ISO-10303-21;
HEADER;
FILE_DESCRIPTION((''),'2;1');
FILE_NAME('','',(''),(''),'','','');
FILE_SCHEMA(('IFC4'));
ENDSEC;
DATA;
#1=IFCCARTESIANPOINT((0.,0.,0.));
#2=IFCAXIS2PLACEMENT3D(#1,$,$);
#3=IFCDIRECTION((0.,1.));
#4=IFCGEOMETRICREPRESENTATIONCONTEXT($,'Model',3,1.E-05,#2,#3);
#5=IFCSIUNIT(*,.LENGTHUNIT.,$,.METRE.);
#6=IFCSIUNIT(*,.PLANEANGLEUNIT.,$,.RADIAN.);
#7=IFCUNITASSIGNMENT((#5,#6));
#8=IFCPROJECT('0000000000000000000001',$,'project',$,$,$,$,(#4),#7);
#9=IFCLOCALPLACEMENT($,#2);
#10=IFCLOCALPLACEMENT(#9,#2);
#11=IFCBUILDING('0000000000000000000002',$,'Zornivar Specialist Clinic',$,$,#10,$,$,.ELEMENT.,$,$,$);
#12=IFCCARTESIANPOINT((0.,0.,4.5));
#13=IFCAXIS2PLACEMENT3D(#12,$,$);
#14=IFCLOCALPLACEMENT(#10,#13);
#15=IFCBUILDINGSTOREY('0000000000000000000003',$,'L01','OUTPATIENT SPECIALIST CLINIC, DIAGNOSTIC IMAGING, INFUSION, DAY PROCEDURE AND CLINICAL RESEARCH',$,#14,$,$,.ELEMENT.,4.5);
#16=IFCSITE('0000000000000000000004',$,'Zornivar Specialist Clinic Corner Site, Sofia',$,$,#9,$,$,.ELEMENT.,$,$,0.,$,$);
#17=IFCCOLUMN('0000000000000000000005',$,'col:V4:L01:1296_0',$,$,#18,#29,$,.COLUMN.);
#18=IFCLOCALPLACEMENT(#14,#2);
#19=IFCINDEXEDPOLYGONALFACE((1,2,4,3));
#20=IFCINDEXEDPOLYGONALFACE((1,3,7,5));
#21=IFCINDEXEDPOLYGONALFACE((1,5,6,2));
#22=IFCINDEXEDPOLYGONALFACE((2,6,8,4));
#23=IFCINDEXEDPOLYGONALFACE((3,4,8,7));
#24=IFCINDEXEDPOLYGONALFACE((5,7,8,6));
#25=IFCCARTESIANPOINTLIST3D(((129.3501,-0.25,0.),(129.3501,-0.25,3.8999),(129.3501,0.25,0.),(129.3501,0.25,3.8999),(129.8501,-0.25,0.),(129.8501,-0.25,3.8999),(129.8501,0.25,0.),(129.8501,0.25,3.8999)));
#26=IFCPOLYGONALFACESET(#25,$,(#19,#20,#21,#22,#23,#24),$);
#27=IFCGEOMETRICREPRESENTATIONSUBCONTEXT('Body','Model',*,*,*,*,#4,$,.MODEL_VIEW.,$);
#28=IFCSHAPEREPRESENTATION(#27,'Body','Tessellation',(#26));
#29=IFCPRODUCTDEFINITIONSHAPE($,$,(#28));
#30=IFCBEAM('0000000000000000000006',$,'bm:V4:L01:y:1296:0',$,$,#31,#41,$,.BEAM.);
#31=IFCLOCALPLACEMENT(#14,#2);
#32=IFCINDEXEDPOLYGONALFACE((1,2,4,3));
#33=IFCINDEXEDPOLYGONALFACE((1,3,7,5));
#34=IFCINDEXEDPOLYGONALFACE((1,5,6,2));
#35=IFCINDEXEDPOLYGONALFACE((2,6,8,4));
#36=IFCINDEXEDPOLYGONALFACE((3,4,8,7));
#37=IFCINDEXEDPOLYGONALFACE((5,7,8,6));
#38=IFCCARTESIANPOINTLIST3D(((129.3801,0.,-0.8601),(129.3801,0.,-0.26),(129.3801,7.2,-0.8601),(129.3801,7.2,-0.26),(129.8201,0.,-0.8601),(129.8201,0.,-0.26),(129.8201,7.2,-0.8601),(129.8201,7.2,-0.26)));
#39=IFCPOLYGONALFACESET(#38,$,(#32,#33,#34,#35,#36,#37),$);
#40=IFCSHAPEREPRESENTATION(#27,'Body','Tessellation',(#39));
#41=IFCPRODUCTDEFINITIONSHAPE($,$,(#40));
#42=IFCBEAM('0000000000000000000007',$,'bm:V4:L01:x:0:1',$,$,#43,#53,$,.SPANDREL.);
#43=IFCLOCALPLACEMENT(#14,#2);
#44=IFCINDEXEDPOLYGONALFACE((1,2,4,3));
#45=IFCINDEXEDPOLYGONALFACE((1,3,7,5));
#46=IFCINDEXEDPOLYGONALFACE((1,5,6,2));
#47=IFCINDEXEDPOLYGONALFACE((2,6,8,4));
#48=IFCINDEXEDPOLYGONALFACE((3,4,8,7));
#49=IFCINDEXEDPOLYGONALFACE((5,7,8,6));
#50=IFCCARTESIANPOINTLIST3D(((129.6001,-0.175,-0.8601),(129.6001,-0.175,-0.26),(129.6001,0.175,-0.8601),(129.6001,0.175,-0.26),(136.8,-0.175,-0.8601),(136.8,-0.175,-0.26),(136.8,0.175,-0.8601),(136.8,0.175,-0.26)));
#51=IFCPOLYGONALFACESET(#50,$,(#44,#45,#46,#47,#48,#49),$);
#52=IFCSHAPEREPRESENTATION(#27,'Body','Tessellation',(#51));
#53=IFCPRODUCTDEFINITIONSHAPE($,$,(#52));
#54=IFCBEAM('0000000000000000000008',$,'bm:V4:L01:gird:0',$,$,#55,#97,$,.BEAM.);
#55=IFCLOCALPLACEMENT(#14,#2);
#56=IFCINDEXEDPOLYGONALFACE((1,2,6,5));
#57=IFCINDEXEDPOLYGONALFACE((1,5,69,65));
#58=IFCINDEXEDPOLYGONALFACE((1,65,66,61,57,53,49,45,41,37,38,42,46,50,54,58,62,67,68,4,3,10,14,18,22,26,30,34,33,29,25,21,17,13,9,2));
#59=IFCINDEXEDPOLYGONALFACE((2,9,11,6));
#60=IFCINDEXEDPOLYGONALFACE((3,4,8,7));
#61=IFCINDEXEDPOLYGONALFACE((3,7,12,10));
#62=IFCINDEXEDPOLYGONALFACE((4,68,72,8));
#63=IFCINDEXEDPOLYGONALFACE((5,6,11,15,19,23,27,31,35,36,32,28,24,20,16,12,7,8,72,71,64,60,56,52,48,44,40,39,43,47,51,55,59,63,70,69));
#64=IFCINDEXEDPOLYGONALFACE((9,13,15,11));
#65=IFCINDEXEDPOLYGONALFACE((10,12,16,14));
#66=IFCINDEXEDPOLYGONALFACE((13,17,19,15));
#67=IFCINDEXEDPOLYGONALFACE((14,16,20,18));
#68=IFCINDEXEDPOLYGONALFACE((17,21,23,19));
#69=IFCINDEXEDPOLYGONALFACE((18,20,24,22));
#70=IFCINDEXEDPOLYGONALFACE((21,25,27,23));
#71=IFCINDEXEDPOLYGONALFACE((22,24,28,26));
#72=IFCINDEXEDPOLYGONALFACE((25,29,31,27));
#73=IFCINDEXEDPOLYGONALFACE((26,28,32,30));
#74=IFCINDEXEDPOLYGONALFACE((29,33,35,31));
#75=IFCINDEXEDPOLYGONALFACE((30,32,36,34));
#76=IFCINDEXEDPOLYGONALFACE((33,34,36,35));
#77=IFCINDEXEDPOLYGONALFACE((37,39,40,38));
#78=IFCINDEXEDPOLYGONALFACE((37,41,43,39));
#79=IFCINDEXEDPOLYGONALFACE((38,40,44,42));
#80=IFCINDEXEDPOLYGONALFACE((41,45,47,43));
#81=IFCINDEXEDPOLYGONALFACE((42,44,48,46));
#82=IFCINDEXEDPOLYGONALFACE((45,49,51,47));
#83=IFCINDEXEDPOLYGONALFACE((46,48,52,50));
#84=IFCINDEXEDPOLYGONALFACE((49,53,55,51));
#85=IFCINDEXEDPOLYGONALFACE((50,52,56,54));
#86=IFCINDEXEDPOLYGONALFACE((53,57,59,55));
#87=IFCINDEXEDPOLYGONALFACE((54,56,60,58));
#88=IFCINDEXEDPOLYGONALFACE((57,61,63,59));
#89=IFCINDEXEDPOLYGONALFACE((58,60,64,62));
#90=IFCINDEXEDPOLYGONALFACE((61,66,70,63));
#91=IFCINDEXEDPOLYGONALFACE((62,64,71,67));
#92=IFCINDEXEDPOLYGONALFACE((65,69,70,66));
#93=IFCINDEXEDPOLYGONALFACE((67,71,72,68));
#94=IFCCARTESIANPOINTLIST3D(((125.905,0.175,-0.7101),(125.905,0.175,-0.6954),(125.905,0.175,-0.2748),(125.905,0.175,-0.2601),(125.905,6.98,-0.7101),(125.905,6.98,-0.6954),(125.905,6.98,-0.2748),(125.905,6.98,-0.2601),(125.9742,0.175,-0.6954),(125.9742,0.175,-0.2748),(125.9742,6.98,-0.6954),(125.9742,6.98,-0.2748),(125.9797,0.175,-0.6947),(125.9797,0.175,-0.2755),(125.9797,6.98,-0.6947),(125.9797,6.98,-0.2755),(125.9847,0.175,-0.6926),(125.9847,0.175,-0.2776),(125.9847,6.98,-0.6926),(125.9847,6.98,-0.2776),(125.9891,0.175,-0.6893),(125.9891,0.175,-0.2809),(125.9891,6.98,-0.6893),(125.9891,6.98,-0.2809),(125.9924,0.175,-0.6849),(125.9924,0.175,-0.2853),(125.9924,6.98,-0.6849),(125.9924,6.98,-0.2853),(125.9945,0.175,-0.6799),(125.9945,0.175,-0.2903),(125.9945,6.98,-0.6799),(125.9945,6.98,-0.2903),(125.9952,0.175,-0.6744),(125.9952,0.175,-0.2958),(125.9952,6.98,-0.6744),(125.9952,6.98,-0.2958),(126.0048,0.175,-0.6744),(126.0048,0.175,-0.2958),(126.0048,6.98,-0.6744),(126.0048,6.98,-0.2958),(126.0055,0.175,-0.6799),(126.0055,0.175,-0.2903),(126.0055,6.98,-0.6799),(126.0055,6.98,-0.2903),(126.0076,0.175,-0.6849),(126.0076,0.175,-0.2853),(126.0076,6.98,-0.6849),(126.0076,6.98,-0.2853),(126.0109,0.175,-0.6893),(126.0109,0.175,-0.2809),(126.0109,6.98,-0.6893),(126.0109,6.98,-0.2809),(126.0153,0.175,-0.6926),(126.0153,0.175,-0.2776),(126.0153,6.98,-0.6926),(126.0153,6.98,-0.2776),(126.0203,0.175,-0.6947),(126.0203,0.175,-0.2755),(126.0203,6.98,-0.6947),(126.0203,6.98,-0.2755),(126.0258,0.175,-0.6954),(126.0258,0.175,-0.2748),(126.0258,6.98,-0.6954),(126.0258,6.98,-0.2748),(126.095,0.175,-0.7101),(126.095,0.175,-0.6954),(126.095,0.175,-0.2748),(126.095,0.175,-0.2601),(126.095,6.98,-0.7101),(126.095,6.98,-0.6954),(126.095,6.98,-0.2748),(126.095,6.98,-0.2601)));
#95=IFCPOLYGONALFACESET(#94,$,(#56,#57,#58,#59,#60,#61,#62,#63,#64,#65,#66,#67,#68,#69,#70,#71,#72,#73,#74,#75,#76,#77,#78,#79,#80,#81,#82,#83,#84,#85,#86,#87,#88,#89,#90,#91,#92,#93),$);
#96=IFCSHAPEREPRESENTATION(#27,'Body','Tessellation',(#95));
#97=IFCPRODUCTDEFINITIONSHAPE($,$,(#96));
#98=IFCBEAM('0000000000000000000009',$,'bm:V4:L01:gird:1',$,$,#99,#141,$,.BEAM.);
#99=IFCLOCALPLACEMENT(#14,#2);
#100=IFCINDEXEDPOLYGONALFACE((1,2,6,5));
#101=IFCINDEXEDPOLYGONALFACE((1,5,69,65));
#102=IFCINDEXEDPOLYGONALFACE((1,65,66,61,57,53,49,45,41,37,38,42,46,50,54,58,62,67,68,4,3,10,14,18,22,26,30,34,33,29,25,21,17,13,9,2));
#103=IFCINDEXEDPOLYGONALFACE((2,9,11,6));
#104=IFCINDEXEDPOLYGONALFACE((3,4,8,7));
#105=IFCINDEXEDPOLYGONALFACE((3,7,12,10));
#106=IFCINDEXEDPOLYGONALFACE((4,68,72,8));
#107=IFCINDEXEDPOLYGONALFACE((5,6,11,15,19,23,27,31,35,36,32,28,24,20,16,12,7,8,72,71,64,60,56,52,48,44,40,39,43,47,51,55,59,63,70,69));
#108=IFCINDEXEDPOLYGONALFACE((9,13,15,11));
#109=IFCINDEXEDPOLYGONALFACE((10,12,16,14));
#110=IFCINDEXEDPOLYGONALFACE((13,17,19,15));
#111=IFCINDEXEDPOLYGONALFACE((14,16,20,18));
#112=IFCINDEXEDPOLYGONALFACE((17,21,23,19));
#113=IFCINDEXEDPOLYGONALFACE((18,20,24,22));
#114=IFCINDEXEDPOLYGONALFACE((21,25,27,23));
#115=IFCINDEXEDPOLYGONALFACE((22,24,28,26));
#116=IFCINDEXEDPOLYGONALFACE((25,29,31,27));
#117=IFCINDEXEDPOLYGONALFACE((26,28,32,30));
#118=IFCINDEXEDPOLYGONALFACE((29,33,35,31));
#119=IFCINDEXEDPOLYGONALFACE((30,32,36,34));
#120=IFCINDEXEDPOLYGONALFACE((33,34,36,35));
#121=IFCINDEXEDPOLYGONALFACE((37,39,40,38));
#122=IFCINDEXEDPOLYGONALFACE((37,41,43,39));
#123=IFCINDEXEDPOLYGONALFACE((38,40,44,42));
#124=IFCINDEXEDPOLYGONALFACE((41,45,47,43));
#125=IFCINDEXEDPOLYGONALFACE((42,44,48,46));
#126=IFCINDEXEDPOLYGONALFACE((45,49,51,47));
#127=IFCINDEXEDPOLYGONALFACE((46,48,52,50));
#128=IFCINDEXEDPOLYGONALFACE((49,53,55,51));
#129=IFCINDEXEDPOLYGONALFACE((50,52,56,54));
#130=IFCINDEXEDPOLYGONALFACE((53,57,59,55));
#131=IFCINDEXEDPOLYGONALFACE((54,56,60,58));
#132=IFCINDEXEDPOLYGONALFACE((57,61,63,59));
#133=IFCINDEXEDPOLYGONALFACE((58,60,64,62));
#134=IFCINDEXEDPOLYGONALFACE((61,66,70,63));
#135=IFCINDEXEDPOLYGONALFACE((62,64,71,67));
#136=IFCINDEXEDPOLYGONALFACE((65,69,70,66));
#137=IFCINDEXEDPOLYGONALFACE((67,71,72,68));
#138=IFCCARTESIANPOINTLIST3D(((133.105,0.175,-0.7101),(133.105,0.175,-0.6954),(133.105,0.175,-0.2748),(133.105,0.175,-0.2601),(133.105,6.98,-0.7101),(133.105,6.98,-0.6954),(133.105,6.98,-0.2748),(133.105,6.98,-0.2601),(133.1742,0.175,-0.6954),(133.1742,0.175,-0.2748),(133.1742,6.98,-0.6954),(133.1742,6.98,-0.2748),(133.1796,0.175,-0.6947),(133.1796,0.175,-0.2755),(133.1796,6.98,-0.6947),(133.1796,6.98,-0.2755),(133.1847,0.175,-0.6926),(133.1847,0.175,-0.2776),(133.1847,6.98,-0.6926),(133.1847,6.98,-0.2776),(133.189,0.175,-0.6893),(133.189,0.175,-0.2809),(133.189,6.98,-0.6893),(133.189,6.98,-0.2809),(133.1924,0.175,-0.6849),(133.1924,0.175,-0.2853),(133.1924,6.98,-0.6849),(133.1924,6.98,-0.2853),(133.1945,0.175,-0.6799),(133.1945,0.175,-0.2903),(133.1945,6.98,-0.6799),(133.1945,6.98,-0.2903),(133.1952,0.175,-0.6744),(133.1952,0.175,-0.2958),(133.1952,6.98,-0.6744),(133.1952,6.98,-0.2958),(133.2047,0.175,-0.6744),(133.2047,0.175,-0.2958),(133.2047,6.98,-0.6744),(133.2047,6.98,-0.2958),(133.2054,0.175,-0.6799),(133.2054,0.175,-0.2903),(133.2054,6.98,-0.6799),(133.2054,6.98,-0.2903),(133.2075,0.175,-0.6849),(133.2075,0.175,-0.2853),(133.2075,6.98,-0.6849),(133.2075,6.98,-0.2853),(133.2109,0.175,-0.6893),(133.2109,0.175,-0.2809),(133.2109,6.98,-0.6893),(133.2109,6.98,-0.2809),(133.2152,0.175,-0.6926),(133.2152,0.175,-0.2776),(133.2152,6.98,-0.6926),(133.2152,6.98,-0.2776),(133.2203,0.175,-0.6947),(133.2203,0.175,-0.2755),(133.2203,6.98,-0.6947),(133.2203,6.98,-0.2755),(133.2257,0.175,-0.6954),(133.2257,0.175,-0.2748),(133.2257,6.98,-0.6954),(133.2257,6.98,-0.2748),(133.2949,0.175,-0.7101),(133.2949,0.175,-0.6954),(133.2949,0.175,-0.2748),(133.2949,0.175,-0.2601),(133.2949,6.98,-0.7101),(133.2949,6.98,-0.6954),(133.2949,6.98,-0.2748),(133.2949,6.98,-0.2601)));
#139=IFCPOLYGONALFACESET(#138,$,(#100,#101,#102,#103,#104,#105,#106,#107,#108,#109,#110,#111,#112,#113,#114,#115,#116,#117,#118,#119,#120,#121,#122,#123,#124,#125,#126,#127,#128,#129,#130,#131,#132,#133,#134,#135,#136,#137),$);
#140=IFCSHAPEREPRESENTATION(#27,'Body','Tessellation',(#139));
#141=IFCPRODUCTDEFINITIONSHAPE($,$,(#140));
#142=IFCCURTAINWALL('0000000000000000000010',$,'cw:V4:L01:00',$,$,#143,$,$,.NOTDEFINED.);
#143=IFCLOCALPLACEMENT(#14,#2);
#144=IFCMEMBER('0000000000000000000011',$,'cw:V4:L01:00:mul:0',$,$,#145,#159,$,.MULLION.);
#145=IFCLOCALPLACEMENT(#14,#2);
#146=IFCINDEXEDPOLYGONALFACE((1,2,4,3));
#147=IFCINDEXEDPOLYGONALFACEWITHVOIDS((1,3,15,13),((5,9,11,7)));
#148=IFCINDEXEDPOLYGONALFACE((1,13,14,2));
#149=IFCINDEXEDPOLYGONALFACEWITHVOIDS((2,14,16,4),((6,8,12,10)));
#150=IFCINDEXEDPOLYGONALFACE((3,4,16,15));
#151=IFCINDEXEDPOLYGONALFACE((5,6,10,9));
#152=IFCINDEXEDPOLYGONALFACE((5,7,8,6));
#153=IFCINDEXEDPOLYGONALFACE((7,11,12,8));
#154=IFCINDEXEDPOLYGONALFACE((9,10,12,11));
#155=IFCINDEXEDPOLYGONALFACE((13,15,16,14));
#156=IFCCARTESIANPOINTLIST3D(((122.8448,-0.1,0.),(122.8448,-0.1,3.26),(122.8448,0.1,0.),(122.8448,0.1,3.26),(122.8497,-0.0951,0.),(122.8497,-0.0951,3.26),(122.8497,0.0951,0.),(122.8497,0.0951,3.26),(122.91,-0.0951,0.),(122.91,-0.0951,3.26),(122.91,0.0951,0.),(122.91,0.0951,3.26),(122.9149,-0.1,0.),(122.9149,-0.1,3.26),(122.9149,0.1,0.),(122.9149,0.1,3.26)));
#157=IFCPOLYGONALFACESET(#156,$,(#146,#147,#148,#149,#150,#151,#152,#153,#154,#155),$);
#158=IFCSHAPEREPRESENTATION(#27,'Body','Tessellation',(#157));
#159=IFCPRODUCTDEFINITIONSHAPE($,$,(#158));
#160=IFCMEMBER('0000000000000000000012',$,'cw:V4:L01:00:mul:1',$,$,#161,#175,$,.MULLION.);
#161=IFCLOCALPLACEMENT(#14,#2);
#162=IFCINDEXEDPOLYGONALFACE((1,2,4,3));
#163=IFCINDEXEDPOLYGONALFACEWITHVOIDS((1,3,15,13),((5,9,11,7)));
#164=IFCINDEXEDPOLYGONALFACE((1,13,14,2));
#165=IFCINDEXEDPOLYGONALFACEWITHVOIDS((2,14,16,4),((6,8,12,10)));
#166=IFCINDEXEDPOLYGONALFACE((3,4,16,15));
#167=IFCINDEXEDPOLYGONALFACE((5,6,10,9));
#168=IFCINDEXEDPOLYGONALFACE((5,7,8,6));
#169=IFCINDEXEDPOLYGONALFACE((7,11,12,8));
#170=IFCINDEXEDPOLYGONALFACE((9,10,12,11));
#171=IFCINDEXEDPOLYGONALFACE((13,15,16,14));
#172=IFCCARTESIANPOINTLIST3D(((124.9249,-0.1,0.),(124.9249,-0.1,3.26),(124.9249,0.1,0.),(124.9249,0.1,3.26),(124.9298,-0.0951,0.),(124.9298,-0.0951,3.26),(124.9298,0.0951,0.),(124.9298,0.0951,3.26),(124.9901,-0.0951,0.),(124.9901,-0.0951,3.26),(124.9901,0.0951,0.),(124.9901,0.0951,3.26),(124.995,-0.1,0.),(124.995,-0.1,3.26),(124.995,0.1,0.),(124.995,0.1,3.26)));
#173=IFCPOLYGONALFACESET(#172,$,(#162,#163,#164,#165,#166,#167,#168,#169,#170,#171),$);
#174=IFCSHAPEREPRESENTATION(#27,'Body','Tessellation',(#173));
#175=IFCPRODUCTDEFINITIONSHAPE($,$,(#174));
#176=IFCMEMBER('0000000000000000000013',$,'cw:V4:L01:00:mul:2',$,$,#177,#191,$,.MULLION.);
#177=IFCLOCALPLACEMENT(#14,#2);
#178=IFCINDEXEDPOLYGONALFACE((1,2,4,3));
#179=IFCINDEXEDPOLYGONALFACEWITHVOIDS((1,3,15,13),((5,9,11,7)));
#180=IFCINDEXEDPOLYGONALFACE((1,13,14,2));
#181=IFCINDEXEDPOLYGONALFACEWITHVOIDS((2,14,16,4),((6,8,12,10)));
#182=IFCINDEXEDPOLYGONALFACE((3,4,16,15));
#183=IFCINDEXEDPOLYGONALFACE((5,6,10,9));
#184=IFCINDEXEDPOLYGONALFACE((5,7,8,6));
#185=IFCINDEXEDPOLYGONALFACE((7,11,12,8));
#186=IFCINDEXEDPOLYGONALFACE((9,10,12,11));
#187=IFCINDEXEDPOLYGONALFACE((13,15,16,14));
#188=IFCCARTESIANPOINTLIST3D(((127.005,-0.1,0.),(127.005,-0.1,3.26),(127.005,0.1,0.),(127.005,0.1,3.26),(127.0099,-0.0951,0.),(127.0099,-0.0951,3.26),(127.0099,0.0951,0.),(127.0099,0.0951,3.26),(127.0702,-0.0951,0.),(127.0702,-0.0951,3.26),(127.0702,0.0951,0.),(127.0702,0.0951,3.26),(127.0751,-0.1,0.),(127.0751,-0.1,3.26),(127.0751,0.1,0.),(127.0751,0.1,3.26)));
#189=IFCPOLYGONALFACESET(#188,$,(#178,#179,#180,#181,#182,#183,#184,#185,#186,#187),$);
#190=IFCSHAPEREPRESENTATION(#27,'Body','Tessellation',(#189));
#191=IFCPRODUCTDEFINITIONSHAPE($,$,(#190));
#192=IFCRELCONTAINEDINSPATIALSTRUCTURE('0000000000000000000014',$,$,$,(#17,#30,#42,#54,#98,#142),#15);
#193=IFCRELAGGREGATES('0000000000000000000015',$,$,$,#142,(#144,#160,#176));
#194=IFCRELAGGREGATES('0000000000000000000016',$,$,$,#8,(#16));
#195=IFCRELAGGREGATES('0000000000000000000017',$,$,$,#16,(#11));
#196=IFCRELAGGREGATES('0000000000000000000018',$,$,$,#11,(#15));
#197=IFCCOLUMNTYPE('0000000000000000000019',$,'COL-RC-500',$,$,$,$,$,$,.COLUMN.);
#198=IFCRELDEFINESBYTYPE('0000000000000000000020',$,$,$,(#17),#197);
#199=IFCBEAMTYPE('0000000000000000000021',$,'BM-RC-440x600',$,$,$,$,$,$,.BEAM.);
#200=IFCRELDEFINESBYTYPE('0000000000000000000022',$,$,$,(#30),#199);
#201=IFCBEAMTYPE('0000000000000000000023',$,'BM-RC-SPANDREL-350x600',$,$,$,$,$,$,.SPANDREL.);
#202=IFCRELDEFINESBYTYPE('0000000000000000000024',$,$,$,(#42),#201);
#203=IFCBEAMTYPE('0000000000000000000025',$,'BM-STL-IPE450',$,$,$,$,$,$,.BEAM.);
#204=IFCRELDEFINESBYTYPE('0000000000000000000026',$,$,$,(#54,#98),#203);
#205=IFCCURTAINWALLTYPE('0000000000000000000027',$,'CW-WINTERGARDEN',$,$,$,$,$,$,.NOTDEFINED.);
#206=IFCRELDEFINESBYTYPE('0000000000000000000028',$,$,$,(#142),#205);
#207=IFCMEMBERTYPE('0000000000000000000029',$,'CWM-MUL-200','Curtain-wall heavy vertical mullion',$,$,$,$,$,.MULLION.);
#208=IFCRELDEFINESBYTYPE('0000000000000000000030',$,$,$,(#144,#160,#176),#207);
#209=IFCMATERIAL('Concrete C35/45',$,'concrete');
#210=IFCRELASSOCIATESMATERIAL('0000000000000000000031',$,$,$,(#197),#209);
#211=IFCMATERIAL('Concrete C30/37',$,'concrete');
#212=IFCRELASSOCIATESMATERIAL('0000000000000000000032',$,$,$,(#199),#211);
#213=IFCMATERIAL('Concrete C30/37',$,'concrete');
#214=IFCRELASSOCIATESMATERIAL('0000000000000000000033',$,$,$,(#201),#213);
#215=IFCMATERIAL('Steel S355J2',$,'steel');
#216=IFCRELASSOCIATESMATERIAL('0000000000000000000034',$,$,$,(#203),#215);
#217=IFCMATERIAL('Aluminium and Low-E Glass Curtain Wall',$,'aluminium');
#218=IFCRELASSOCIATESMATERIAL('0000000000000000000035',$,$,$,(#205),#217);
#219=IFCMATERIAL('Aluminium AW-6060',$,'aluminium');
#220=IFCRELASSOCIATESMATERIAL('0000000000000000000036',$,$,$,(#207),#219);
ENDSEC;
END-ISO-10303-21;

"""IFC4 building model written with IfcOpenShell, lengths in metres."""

from ifc_helpers import new_model, si_unit, direction, frame, origin, origin_2d, place, context, subcontext, project, spatial, rectangle, hollow_rectangle, i_section, extrude, material, material_profile, profile_set, type_object, element, aggregate, save


model = new_model("IFC4")

# Units and contexts
model_context = context("Model", 3, precision=1e-05, world=origin(), true_north=direction((0.0, 1.0)))
body_context = subcontext(model_context, "Body", "Model", "MODEL_VIEW")
ifc_project = project(units=[si_unit("LENGTHUNIT", "METRE"), si_unit("PLANEANGLEUNIT", "RADIAN")], contexts=[model_context])

# Site, building, storey
site_placement = place(None, origin())
site = spatial("IfcSite", under=ifc_project, at=site_placement, Name="Zornivar Specialist Clinic Corner Site, Sofia", CompositionType="ELEMENT", RefElevation=0.0)
building_placement = place(site_placement, origin())
building = spatial("IfcBuilding", under=site, at=building_placement, Name="Zornivar Specialist Clinic", CompositionType="ELEMENT")
storey_placement = place(building_placement, frame((0.0, 0.0, 4.5)))
storey = spatial("IfcBuildingStorey", under=building, at=storey_placement, Name="L01", Description="OUTPATIENT SPECIALIST CLINIC, DIAGNOSTIC IMAGING, INFUSION, DAY PROCEDURE AND CLINICAL RESEARCH", CompositionType="ELEMENT", Elevation=4.5)

# Column
ifc_material_1 = material(Name="Concrete C35/45", Category="concrete")
ifc_material_profile_1 = material_profile(ifc_material_1, rectangle(XDim=0.5, YDim=0.5, at=origin_2d()), Name="RC 500x500")
ifc_profile_set_1 = profile_set([ifc_material_profile_1], Name="Concrete C35/45")
column_type = type_object("IfcColumnType", Name="COL-RC-500", PredefinedType="COLUMN", material=ifc_profile_set_1)
column_placement = place(storey_placement, frame((129.6001, 0.0, 0.0), z_axis=(0.0, 0.0, 1.0), x_axis=(1.0, 0.0, 0.0)))
element("IfcColumn", 1, at=column_placement, inside=storey, type_object=column_type, Name="col:V4:L01:1296_0", PredefinedType="COLUMN", context=body_context, shape_type="SweptSolid", body=[
    extrude(rectangle(XDim=0.5, YDim=0.5, at=origin_2d()), origin(), (0.0, 0.0, 1.0), 3.8999),
])

# Beams
ifc_material_2 = material(Name="Concrete C30/37", Category="concrete")
ifc_material_profile_2 = material_profile(ifc_material_2, rectangle(XDim=0.4399, YDim=0.6001, at=origin_2d()), Name="RC 440x600")
ifc_profile_set_2 = profile_set([ifc_material_profile_2], Name="Concrete C30/37")
beam_type_1 = type_object("IfcBeamType", Name="BM-RC-440x600", PredefinedType="BEAM", material=ifc_profile_set_2)
beam_1_placement = place(storey_placement, frame((129.6001, 0.0, -0.5601), z_axis=(0.0, 1.0, 0.0), x_axis=(-1.0, 0.0, 0.0)))
element("IfcBeam", 2, at=beam_1_placement, inside=storey, type_object=beam_type_1, Name="bm:V4:L01:y:1296:0", PredefinedType="BEAM", context=body_context, shape_type="SweptSolid", body=[
    extrude(rectangle(XDim=0.4399, YDim=0.6001, at=origin_2d()), origin(), (0.0, 0.0, 1.0), 7.2),
])
ifc_material_3 = material(Name="Concrete C30/37", Category="concrete")
ifc_material_profile_3 = material_profile(ifc_material_3, rectangle(XDim=0.3501, YDim=0.6001, at=origin_2d()), Name="RC 350x600")
ifc_profile_set_3 = profile_set([ifc_material_profile_3], Name="Concrete C30/37")
beam_type_2 = type_object("IfcBeamType", Name="BM-RC-SPANDREL-350x600", PredefinedType="SPANDREL", material=ifc_profile_set_3)
beam_2_placement = place(storey_placement, frame((129.6001, 0.0, -0.5601), z_axis=(1.0, 0.0, 0.0), x_axis=(0.0, 1.0, 0.0)))
element("IfcBeam", 3, at=beam_2_placement, inside=storey, type_object=beam_type_2, Name="bm:V4:L01:x:0:1", PredefinedType="SPANDREL", context=body_context, shape_type="SweptSolid", body=[
    extrude(rectangle(XDim=0.3501, YDim=0.6001, at=origin_2d()), origin(), (0.0, 0.0, 1.0), 7.2),
])
ifc_material_4 = material(Name="Steel S355J2", Category="steel")
ifc_material_profile_4 = material_profile(ifc_material_4, i_section(OverallWidth=0.1899, OverallDepth=0.45, WebThickness=0.0095, FlangeThickness=0.0146, FilletRadius=0.021, at=origin_2d()), Name="IPE 450")
ifc_profile_set_4 = profile_set([ifc_material_profile_4], Name="Steel S355J2")
beam_type_3 = type_object("IfcBeamType", Name="BM-STL-IPE450", PredefinedType="BEAM", material=ifc_profile_set_4)
for number, where, z_axis, x_axis, name in (
    (4, (126.0, 0.175, -0.4851), (0.0, 1.0, 0.0), (-1.0, 0.0, 0.0), "bm:V4:L01:gird:0"),
    (5, (133.2, 0.175, -0.4851), (0.0, 1.0, 0.0), (-1.0, 0.0, 0.0), "bm:V4:L01:gird:1"),
):
    element("IfcBeam", number, at=place(storey_placement, frame(where, z_axis=z_axis, x_axis=x_axis)), inside=storey, type_object=beam_type_3, Name=name, PredefinedType="BEAM", context=body_context, shape_type="SweptSolid", body=[
        extrude(i_section(OverallWidth=0.1899, OverallDepth=0.45, WebThickness=0.0095, FlangeThickness=0.0146, FilletRadius=0.021, at=origin_2d()), origin(), (0.0, 0.0, 1.0), 6.8049),
    ])

# Curtain wall, members
ifc_material_5 = material(Name="Aluminium and Low-E Glass Curtain Wall", Category="aluminium")
curtain_wall_type = type_object("IfcCurtainWallType", Name="CW-WINTERGARDEN", PredefinedType="NOTDEFINED", material=ifc_material_5)
curtain_wall_1_placement = place(storey_placement, origin())
curtain_wall_1 = element("IfcCurtainWall", 6, at=curtain_wall_1_placement, inside=storey, type_object=curtain_wall_type, Name="cw:V4:L01:00", PredefinedType="NOTDEFINED")
ifc_material_6 = material(Name="Aluminium AW-6060", Category="aluminium")
ifc_material_profile_5 = material_profile(ifc_material_6, hollow_rectangle(XDim=0.0701, YDim=0.2, WallThickness=0.0049, at=origin_2d()), Name="ALU 70x200x5")
ifc_profile_set_5 = profile_set([ifc_material_profile_5], Name="Aluminium AW-6060")
member_type_1 = type_object("IfcMemberType", Name="CWM-MUL-200", Description="Curtain-wall heavy vertical mullion", PredefinedType="MULLION", material=ifc_profile_set_5)
member_1_placement = place(storey_placement, frame((122.8799, 0.0, 0.0), z_axis=(0.0, 0.0, 1.0), x_axis=(1.0, 0.0, 0.0)))
member_1 = element("IfcMember", 7, at=member_1_placement, type_object=member_type_1, Name="cw:V4:L01:00:mul:0", PredefinedType="MULLION", context=body_context, shape_type="SweptSolid", body=[
    extrude(hollow_rectangle(XDim=0.0701, YDim=0.2, WallThickness=0.0049, at=origin_2d()), origin(), (0.0, 0.0, 1.0), 3.26),
])
member_2_placement = place(storey_placement, frame((124.96, 0.0, 0.0), z_axis=(0.0, 0.0, 1.0), x_axis=(1.0, 0.0, 0.0)))
member_2 = element("IfcMember", 8, at=member_2_placement, type_object=member_type_1, Name="cw:V4:L01:00:mul:1", PredefinedType="MULLION", context=body_context, shape_type="SweptSolid", body=[
    extrude(hollow_rectangle(XDim=0.0701, YDim=0.2, WallThickness=0.0049, at=origin_2d()), origin(), (0.0, 0.0, 1.0), 3.26),
])
member_3_placement = place(storey_placement, frame((127.04, 0.0, 0.0), z_axis=(0.0, 0.0, 1.0), x_axis=(1.0, 0.0, 0.0)))
member_3 = element("IfcMember", 9, at=member_3_placement, type_object=member_type_1, Name="cw:V4:L01:00:mul:2", PredefinedType="MULLION", context=body_context, shape_type="SweptSolid", body=[
    extrude(hollow_rectangle(XDim=0.0701, YDim=0.2, WallThickness=0.0049, at=origin_2d()), origin(), (0.0, 0.0, 1.0), 3.26),
])

aggregate(curtain_wall_1, [member_1, member_2, member_3])

save(model, "model.ifc")
